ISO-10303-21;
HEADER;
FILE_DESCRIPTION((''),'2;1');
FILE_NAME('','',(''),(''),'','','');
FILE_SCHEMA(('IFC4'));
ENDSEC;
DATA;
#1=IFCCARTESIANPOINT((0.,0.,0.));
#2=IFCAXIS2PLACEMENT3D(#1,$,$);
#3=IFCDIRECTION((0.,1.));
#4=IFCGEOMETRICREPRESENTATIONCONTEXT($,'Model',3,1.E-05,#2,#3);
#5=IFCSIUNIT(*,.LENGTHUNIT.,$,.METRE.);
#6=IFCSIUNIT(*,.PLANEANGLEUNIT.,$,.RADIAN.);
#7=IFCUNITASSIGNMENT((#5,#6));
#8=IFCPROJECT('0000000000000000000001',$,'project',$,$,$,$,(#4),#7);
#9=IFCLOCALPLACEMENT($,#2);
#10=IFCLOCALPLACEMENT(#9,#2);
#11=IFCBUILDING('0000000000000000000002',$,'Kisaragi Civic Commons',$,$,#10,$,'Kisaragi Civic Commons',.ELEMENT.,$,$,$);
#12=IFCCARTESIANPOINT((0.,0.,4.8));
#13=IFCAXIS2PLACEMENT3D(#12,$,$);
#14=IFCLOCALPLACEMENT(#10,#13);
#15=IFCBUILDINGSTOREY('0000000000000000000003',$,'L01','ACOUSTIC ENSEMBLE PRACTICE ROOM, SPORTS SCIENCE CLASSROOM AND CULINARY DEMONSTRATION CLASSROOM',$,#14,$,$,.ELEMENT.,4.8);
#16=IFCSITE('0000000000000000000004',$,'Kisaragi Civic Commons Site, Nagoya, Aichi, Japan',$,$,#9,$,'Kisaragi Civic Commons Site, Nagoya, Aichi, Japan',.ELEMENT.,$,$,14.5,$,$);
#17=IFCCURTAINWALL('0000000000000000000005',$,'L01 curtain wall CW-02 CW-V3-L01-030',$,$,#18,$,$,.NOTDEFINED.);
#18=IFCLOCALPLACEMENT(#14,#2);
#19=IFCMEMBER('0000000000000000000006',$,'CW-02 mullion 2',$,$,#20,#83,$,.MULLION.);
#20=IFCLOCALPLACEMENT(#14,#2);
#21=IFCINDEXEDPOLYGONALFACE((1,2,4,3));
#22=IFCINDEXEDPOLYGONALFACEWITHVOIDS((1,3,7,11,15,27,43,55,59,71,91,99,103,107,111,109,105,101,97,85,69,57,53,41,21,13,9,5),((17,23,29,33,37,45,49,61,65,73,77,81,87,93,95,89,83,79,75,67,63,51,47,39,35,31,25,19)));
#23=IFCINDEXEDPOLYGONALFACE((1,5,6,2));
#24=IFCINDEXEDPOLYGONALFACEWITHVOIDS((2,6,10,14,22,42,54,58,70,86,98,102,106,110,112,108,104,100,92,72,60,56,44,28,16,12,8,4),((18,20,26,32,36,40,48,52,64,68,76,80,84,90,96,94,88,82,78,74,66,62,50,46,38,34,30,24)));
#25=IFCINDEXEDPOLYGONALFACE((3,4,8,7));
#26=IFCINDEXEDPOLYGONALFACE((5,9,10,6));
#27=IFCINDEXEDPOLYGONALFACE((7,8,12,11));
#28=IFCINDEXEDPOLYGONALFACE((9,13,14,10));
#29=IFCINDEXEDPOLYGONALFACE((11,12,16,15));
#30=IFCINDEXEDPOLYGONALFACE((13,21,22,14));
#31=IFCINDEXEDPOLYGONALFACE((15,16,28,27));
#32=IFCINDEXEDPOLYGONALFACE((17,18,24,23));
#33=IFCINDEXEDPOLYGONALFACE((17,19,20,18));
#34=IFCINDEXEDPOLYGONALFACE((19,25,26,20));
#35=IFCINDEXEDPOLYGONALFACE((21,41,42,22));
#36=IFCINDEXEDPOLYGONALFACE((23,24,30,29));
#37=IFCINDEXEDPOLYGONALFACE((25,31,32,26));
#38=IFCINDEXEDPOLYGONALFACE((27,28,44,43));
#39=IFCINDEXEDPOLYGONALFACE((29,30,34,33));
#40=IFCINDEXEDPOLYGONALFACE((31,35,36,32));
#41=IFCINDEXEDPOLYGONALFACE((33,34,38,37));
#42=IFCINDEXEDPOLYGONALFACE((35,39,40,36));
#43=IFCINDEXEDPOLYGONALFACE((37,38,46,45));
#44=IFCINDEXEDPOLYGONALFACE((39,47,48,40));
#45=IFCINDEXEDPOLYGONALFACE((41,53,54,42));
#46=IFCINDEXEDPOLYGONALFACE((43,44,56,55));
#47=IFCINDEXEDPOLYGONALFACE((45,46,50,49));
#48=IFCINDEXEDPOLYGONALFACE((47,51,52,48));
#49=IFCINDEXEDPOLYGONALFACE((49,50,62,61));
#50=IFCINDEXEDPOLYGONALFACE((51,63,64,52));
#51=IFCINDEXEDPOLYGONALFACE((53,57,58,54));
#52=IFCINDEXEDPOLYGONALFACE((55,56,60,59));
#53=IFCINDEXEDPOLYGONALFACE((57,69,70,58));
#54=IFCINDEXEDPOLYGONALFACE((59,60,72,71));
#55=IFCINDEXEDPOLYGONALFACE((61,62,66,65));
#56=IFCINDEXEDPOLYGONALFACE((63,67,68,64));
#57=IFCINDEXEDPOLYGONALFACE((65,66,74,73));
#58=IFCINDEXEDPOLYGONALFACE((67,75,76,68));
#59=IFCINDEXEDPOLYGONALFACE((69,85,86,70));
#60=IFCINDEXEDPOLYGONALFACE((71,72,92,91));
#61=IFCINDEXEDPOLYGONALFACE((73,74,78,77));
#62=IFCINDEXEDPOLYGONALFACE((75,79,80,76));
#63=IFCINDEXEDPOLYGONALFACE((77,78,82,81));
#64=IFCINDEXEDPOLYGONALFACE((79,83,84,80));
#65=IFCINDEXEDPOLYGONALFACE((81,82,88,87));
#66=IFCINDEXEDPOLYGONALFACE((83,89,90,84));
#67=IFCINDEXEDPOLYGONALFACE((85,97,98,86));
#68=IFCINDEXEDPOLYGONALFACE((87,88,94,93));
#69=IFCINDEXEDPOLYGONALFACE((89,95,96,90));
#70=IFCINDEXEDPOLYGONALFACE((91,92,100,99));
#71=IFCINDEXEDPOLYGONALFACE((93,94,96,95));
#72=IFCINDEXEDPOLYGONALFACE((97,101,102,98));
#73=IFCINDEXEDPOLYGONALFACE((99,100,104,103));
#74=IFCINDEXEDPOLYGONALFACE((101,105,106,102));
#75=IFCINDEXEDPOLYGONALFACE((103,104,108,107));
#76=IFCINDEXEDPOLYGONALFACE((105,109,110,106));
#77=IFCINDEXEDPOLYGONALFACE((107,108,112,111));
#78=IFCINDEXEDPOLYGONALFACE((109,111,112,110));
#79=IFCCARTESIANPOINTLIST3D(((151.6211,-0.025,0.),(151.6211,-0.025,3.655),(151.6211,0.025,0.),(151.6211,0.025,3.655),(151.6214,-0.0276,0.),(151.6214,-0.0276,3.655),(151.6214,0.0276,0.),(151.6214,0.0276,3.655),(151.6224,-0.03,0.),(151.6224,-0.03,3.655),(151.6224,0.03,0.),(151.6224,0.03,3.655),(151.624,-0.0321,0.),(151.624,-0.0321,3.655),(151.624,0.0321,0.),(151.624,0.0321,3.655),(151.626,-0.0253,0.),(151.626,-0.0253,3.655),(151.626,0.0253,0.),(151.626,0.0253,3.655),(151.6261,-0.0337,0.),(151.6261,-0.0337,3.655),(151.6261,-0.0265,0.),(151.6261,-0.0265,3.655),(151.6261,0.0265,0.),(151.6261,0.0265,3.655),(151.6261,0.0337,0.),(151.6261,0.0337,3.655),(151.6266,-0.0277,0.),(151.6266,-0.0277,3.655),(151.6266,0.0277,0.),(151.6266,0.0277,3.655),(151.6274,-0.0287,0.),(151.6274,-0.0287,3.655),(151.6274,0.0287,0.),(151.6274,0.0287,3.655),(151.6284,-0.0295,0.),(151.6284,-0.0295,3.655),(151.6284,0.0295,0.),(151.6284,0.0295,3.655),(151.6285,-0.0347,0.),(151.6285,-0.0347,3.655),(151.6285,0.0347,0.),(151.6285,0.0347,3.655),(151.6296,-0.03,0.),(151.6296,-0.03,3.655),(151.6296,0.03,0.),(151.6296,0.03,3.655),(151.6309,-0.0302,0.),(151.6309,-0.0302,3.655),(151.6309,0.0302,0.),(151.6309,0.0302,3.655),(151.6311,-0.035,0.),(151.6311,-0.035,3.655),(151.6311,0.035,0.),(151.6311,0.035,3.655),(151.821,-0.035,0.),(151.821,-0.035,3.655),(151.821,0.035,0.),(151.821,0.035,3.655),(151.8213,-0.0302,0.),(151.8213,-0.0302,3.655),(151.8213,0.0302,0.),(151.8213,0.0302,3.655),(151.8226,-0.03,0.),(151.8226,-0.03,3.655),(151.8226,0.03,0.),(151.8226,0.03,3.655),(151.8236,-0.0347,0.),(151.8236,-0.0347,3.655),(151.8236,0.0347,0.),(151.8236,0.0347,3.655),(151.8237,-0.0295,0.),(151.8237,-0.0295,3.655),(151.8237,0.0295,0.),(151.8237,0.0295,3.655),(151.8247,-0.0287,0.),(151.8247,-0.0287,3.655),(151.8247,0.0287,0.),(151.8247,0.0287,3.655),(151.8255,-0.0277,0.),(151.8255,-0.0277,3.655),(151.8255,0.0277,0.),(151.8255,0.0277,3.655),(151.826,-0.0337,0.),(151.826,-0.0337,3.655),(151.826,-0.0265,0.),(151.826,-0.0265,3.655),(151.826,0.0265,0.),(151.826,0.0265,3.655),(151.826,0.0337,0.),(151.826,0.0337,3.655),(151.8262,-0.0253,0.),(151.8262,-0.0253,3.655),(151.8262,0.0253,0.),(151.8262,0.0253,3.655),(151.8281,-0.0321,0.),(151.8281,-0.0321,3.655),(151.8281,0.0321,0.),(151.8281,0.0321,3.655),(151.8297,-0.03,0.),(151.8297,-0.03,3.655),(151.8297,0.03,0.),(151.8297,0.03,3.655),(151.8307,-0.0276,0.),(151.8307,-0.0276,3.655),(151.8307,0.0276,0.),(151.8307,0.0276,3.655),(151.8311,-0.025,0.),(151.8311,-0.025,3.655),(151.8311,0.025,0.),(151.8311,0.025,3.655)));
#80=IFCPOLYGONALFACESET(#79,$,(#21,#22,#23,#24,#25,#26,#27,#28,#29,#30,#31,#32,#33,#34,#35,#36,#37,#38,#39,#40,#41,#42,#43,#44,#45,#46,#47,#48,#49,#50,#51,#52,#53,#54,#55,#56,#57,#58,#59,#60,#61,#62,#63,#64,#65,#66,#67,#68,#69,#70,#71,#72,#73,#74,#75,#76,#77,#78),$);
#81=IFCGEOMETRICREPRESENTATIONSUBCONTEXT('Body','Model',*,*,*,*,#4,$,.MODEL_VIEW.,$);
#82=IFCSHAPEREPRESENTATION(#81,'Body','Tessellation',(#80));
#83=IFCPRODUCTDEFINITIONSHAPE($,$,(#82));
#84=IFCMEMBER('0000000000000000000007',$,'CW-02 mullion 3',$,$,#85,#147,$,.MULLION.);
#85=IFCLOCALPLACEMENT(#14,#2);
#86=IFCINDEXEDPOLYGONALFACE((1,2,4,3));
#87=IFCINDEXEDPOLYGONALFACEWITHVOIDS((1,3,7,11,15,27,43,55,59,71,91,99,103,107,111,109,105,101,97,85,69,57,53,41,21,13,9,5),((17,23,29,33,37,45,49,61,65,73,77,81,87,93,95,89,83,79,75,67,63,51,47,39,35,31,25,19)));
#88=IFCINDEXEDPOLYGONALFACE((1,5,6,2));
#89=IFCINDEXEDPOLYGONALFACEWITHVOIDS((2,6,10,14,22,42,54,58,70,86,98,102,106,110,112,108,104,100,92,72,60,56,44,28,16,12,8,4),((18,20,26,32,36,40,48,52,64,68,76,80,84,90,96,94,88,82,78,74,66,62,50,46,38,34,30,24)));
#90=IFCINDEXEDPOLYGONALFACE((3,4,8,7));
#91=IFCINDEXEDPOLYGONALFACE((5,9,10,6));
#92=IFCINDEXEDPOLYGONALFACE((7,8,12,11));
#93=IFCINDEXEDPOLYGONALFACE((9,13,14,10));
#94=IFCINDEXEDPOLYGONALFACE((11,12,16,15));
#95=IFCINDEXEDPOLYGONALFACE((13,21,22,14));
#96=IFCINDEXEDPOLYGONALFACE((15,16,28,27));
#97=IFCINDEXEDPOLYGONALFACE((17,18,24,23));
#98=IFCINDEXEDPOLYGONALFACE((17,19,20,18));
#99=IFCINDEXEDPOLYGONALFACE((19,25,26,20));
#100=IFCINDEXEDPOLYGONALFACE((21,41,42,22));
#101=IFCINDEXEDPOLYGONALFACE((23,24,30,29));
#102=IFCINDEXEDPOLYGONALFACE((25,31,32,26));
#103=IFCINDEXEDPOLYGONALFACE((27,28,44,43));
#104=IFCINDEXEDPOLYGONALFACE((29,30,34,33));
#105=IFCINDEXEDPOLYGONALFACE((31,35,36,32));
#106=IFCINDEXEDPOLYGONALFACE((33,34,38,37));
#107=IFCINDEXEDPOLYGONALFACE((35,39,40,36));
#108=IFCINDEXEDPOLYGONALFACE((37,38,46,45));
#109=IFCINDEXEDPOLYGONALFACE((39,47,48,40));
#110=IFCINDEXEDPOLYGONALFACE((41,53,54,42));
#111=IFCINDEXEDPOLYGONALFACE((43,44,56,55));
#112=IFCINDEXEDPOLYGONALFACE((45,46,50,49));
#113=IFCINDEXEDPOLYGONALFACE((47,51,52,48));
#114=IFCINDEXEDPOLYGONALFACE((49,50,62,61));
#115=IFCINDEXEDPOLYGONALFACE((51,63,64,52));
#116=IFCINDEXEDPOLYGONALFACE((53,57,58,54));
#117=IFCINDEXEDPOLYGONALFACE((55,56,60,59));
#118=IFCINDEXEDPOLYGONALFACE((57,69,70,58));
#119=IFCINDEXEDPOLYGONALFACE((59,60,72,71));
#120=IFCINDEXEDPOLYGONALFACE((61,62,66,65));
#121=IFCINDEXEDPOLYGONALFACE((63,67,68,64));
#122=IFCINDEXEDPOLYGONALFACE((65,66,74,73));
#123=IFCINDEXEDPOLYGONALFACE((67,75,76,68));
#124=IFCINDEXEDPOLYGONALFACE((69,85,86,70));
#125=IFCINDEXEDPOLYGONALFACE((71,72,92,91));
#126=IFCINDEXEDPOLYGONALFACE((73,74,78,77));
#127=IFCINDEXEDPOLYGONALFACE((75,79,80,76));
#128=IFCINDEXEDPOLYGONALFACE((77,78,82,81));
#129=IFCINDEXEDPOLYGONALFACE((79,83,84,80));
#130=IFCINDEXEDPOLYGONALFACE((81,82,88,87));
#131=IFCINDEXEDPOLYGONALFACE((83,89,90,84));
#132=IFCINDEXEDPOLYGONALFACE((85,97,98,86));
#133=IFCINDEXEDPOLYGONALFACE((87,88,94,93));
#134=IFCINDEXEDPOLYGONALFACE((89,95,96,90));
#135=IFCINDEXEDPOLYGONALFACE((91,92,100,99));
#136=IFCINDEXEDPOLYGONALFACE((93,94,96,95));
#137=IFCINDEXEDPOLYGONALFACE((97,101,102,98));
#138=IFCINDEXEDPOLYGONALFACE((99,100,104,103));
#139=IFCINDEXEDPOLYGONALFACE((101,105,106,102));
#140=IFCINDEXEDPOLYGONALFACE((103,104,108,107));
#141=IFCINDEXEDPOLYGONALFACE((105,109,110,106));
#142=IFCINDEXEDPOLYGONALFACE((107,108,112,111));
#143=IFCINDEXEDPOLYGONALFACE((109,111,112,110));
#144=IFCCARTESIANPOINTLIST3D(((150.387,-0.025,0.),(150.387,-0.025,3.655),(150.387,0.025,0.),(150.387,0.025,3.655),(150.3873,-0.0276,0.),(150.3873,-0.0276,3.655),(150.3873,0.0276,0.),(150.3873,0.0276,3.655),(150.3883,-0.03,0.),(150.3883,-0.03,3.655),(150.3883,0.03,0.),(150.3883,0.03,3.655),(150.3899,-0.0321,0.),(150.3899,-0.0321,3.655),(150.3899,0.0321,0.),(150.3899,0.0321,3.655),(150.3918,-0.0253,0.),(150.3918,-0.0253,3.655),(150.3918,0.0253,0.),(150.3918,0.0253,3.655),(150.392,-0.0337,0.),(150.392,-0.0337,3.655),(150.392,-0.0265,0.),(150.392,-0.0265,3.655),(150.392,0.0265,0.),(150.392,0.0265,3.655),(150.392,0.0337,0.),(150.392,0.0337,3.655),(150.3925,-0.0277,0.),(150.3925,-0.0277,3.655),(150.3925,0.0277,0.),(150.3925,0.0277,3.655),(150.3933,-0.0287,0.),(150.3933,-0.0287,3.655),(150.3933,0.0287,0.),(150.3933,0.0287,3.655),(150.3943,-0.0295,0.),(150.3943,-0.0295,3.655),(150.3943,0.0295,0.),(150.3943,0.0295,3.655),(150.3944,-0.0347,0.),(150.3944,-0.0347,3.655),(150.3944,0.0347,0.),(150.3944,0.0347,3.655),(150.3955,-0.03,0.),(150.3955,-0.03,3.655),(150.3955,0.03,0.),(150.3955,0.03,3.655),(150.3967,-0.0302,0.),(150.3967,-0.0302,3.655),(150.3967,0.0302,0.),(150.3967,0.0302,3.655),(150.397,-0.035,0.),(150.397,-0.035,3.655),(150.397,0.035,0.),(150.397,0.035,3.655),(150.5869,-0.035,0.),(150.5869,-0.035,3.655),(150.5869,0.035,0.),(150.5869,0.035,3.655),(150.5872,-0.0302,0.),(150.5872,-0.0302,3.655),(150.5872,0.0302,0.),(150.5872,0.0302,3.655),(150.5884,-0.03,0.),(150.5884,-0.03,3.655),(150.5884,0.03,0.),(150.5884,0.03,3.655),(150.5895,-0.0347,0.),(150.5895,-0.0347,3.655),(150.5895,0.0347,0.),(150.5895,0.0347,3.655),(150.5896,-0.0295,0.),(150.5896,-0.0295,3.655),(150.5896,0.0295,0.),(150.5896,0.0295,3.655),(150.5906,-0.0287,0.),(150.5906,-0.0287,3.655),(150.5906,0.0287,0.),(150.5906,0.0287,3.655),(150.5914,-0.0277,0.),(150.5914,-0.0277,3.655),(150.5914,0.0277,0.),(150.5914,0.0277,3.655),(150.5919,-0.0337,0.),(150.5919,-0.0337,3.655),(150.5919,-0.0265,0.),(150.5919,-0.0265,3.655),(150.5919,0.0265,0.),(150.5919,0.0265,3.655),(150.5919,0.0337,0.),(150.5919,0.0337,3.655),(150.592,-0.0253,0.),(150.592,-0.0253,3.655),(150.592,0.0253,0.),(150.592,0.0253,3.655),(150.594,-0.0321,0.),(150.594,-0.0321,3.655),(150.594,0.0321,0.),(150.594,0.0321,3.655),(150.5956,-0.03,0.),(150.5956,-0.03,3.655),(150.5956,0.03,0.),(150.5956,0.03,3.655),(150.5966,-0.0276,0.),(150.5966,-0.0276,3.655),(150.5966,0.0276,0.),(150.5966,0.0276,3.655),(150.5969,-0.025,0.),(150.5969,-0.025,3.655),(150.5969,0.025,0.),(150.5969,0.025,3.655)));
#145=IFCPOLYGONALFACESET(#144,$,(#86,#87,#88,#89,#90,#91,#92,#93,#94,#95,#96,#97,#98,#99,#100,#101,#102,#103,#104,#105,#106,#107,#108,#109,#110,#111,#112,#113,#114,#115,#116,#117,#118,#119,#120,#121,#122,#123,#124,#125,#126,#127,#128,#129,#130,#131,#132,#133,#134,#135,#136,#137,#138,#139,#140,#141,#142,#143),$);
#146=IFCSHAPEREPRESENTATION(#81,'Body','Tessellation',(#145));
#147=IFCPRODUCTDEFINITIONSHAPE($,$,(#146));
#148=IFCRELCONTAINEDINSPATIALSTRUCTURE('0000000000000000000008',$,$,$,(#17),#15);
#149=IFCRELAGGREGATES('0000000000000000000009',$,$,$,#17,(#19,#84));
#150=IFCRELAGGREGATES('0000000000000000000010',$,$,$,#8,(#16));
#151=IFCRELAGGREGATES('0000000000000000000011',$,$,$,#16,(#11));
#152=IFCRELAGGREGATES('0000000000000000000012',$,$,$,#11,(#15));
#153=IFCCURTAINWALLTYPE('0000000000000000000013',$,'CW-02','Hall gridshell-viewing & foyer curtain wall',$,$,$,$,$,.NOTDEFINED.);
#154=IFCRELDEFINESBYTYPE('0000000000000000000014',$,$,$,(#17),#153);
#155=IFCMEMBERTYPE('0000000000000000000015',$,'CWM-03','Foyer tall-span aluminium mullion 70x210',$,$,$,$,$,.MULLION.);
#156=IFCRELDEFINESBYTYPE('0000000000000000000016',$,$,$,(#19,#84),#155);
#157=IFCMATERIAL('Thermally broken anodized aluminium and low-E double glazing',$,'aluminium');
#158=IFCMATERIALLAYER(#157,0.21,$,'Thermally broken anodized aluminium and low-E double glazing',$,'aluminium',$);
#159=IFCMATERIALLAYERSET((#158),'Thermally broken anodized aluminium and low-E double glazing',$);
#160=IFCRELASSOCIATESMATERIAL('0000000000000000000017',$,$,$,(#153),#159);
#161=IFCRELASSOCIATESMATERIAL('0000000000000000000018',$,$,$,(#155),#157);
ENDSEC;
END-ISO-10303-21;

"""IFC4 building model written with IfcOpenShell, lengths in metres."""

from ifc_helpers import new_model, si_unit, direction, frame, origin, origin_2d, place, context, subcontext, project, spatial, hollow_rectangle, extrude, material, layer, layer_set, material_profile, profile_set, type_object, element, aggregate, save


model = new_model("IFC4")

# Units and contexts
model_context = context("Model", 3, precision=1e-05, world=origin(), true_north=direction((0.0, 1.0)))
body_context = subcontext(model_context, "Body", "Model", "MODEL_VIEW")
ifc_project = project(units=[si_unit("LENGTHUNIT", "METRE"), si_unit("PLANEANGLEUNIT", "RADIAN")], contexts=[model_context])

# Site, building, storey
site_placement = place(None, origin())
site = spatial("IfcSite", under=ifc_project, at=site_placement, Name="Kisaragi Civic Commons Site, Nagoya, Aichi, Japan", LongName="Kisaragi Civic Commons Site, Nagoya, Aichi, Japan", CompositionType="ELEMENT", RefElevation=14.5)
building_placement = place(site_placement, origin())
building = spatial("IfcBuilding", under=site, at=building_placement, Name="Kisaragi Civic Commons", LongName="Kisaragi Civic Commons", CompositionType="ELEMENT")
storey_placement = place(building_placement, frame((0.0, 0.0, 4.8)))
storey = spatial("IfcBuildingStorey", under=building, at=storey_placement, Name="L01", Description="ACOUSTIC ENSEMBLE PRACTICE ROOM, SPORTS SCIENCE CLASSROOM AND CULINARY DEMONSTRATION CLASSROOM", CompositionType="ELEMENT", Elevation=4.8)

# Curtain wall, members
ifc_material_1 = material(Name="Thermally broken anodized aluminium and low-E double glazing", Category="aluminium")
ifc_layer_1 = layer(ifc_material_1, 0.21, Name="Thermally broken anodized aluminium and low-E double glazing", Category="aluminium")
ifc_layer_set_1 = layer_set([ifc_layer_1], Name="Thermally broken anodized aluminium and low-E double glazing")
curtain_wall_type = type_object("IfcCurtainWallType", Name="CW-02", Description="Hall gridshell-viewing & foyer curtain wall", PredefinedType="NOTDEFINED", material=ifc_layer_set_1)
curtain_wall_placement = place(storey_placement, origin())
curtain_wall = element("IfcCurtainWall", 1, at=curtain_wall_placement, inside=storey, type_object=curtain_wall_type, Name="L01 curtain wall CW-02 CW-V3-L01-030", PredefinedType="NOTDEFINED")
ifc_material_profile_1 = material_profile(ifc_material_1, hollow_rectangle(XDim=0.0701, YDim=0.21, WallThickness=0.0049, InnerFilletRadius=0.0049, OuterFilletRadius=0.01, at=origin_2d()), Name="CWM-70x210x5", Category="aluminium")
ifc_profile_set_1 = profile_set([ifc_material_profile_1], Name="Thermally broken anodized aluminium and low-E double glazing")
member_type_1 = type_object("IfcMemberType", Name="CWM-03", Description="Foyer tall-span aluminium mullion 70x210", PredefinedType="MULLION", material=ifc_profile_set_1)
member_1_placement = place(storey_placement, frame((151.7261, 0.0, 0.0), z_axis=(0.0, 0.0, 1.0), x_axis=(0.0, -1.0, 0.0)))
member_1 = element("IfcMember", 2, at=member_1_placement, type_object=member_type_1, Name="CW-02 mullion 2", PredefinedType="MULLION", context=body_context, shape_type="SweptSolid", body=[
    extrude(hollow_rectangle(XDim=0.0701, YDim=0.21, WallThickness=0.0049, InnerFilletRadius=0.0049, OuterFilletRadius=0.01, at=origin_2d()), origin(), (0.0, 0.0, 1.0), 3.655),
])
member_2_placement = place(storey_placement, frame((150.4919, 0.0, 0.0), z_axis=(0.0, 0.0, 1.0), x_axis=(0.0, -1.0, 0.0)))
member_2 = element("IfcMember", 3, at=member_2_placement, type_object=member_type_1, Name="CW-02 mullion 3", PredefinedType="MULLION", context=body_context, shape_type="SweptSolid", body=[
    extrude(hollow_rectangle(XDim=0.0701, YDim=0.21, WallThickness=0.0049, InnerFilletRadius=0.0049, OuterFilletRadius=0.01, at=origin_2d()), origin(), (0.0, 0.0, 1.0), 3.655),
])

aggregate(curtain_wall, [member_1, member_2])

save(model, "model.ifc")
